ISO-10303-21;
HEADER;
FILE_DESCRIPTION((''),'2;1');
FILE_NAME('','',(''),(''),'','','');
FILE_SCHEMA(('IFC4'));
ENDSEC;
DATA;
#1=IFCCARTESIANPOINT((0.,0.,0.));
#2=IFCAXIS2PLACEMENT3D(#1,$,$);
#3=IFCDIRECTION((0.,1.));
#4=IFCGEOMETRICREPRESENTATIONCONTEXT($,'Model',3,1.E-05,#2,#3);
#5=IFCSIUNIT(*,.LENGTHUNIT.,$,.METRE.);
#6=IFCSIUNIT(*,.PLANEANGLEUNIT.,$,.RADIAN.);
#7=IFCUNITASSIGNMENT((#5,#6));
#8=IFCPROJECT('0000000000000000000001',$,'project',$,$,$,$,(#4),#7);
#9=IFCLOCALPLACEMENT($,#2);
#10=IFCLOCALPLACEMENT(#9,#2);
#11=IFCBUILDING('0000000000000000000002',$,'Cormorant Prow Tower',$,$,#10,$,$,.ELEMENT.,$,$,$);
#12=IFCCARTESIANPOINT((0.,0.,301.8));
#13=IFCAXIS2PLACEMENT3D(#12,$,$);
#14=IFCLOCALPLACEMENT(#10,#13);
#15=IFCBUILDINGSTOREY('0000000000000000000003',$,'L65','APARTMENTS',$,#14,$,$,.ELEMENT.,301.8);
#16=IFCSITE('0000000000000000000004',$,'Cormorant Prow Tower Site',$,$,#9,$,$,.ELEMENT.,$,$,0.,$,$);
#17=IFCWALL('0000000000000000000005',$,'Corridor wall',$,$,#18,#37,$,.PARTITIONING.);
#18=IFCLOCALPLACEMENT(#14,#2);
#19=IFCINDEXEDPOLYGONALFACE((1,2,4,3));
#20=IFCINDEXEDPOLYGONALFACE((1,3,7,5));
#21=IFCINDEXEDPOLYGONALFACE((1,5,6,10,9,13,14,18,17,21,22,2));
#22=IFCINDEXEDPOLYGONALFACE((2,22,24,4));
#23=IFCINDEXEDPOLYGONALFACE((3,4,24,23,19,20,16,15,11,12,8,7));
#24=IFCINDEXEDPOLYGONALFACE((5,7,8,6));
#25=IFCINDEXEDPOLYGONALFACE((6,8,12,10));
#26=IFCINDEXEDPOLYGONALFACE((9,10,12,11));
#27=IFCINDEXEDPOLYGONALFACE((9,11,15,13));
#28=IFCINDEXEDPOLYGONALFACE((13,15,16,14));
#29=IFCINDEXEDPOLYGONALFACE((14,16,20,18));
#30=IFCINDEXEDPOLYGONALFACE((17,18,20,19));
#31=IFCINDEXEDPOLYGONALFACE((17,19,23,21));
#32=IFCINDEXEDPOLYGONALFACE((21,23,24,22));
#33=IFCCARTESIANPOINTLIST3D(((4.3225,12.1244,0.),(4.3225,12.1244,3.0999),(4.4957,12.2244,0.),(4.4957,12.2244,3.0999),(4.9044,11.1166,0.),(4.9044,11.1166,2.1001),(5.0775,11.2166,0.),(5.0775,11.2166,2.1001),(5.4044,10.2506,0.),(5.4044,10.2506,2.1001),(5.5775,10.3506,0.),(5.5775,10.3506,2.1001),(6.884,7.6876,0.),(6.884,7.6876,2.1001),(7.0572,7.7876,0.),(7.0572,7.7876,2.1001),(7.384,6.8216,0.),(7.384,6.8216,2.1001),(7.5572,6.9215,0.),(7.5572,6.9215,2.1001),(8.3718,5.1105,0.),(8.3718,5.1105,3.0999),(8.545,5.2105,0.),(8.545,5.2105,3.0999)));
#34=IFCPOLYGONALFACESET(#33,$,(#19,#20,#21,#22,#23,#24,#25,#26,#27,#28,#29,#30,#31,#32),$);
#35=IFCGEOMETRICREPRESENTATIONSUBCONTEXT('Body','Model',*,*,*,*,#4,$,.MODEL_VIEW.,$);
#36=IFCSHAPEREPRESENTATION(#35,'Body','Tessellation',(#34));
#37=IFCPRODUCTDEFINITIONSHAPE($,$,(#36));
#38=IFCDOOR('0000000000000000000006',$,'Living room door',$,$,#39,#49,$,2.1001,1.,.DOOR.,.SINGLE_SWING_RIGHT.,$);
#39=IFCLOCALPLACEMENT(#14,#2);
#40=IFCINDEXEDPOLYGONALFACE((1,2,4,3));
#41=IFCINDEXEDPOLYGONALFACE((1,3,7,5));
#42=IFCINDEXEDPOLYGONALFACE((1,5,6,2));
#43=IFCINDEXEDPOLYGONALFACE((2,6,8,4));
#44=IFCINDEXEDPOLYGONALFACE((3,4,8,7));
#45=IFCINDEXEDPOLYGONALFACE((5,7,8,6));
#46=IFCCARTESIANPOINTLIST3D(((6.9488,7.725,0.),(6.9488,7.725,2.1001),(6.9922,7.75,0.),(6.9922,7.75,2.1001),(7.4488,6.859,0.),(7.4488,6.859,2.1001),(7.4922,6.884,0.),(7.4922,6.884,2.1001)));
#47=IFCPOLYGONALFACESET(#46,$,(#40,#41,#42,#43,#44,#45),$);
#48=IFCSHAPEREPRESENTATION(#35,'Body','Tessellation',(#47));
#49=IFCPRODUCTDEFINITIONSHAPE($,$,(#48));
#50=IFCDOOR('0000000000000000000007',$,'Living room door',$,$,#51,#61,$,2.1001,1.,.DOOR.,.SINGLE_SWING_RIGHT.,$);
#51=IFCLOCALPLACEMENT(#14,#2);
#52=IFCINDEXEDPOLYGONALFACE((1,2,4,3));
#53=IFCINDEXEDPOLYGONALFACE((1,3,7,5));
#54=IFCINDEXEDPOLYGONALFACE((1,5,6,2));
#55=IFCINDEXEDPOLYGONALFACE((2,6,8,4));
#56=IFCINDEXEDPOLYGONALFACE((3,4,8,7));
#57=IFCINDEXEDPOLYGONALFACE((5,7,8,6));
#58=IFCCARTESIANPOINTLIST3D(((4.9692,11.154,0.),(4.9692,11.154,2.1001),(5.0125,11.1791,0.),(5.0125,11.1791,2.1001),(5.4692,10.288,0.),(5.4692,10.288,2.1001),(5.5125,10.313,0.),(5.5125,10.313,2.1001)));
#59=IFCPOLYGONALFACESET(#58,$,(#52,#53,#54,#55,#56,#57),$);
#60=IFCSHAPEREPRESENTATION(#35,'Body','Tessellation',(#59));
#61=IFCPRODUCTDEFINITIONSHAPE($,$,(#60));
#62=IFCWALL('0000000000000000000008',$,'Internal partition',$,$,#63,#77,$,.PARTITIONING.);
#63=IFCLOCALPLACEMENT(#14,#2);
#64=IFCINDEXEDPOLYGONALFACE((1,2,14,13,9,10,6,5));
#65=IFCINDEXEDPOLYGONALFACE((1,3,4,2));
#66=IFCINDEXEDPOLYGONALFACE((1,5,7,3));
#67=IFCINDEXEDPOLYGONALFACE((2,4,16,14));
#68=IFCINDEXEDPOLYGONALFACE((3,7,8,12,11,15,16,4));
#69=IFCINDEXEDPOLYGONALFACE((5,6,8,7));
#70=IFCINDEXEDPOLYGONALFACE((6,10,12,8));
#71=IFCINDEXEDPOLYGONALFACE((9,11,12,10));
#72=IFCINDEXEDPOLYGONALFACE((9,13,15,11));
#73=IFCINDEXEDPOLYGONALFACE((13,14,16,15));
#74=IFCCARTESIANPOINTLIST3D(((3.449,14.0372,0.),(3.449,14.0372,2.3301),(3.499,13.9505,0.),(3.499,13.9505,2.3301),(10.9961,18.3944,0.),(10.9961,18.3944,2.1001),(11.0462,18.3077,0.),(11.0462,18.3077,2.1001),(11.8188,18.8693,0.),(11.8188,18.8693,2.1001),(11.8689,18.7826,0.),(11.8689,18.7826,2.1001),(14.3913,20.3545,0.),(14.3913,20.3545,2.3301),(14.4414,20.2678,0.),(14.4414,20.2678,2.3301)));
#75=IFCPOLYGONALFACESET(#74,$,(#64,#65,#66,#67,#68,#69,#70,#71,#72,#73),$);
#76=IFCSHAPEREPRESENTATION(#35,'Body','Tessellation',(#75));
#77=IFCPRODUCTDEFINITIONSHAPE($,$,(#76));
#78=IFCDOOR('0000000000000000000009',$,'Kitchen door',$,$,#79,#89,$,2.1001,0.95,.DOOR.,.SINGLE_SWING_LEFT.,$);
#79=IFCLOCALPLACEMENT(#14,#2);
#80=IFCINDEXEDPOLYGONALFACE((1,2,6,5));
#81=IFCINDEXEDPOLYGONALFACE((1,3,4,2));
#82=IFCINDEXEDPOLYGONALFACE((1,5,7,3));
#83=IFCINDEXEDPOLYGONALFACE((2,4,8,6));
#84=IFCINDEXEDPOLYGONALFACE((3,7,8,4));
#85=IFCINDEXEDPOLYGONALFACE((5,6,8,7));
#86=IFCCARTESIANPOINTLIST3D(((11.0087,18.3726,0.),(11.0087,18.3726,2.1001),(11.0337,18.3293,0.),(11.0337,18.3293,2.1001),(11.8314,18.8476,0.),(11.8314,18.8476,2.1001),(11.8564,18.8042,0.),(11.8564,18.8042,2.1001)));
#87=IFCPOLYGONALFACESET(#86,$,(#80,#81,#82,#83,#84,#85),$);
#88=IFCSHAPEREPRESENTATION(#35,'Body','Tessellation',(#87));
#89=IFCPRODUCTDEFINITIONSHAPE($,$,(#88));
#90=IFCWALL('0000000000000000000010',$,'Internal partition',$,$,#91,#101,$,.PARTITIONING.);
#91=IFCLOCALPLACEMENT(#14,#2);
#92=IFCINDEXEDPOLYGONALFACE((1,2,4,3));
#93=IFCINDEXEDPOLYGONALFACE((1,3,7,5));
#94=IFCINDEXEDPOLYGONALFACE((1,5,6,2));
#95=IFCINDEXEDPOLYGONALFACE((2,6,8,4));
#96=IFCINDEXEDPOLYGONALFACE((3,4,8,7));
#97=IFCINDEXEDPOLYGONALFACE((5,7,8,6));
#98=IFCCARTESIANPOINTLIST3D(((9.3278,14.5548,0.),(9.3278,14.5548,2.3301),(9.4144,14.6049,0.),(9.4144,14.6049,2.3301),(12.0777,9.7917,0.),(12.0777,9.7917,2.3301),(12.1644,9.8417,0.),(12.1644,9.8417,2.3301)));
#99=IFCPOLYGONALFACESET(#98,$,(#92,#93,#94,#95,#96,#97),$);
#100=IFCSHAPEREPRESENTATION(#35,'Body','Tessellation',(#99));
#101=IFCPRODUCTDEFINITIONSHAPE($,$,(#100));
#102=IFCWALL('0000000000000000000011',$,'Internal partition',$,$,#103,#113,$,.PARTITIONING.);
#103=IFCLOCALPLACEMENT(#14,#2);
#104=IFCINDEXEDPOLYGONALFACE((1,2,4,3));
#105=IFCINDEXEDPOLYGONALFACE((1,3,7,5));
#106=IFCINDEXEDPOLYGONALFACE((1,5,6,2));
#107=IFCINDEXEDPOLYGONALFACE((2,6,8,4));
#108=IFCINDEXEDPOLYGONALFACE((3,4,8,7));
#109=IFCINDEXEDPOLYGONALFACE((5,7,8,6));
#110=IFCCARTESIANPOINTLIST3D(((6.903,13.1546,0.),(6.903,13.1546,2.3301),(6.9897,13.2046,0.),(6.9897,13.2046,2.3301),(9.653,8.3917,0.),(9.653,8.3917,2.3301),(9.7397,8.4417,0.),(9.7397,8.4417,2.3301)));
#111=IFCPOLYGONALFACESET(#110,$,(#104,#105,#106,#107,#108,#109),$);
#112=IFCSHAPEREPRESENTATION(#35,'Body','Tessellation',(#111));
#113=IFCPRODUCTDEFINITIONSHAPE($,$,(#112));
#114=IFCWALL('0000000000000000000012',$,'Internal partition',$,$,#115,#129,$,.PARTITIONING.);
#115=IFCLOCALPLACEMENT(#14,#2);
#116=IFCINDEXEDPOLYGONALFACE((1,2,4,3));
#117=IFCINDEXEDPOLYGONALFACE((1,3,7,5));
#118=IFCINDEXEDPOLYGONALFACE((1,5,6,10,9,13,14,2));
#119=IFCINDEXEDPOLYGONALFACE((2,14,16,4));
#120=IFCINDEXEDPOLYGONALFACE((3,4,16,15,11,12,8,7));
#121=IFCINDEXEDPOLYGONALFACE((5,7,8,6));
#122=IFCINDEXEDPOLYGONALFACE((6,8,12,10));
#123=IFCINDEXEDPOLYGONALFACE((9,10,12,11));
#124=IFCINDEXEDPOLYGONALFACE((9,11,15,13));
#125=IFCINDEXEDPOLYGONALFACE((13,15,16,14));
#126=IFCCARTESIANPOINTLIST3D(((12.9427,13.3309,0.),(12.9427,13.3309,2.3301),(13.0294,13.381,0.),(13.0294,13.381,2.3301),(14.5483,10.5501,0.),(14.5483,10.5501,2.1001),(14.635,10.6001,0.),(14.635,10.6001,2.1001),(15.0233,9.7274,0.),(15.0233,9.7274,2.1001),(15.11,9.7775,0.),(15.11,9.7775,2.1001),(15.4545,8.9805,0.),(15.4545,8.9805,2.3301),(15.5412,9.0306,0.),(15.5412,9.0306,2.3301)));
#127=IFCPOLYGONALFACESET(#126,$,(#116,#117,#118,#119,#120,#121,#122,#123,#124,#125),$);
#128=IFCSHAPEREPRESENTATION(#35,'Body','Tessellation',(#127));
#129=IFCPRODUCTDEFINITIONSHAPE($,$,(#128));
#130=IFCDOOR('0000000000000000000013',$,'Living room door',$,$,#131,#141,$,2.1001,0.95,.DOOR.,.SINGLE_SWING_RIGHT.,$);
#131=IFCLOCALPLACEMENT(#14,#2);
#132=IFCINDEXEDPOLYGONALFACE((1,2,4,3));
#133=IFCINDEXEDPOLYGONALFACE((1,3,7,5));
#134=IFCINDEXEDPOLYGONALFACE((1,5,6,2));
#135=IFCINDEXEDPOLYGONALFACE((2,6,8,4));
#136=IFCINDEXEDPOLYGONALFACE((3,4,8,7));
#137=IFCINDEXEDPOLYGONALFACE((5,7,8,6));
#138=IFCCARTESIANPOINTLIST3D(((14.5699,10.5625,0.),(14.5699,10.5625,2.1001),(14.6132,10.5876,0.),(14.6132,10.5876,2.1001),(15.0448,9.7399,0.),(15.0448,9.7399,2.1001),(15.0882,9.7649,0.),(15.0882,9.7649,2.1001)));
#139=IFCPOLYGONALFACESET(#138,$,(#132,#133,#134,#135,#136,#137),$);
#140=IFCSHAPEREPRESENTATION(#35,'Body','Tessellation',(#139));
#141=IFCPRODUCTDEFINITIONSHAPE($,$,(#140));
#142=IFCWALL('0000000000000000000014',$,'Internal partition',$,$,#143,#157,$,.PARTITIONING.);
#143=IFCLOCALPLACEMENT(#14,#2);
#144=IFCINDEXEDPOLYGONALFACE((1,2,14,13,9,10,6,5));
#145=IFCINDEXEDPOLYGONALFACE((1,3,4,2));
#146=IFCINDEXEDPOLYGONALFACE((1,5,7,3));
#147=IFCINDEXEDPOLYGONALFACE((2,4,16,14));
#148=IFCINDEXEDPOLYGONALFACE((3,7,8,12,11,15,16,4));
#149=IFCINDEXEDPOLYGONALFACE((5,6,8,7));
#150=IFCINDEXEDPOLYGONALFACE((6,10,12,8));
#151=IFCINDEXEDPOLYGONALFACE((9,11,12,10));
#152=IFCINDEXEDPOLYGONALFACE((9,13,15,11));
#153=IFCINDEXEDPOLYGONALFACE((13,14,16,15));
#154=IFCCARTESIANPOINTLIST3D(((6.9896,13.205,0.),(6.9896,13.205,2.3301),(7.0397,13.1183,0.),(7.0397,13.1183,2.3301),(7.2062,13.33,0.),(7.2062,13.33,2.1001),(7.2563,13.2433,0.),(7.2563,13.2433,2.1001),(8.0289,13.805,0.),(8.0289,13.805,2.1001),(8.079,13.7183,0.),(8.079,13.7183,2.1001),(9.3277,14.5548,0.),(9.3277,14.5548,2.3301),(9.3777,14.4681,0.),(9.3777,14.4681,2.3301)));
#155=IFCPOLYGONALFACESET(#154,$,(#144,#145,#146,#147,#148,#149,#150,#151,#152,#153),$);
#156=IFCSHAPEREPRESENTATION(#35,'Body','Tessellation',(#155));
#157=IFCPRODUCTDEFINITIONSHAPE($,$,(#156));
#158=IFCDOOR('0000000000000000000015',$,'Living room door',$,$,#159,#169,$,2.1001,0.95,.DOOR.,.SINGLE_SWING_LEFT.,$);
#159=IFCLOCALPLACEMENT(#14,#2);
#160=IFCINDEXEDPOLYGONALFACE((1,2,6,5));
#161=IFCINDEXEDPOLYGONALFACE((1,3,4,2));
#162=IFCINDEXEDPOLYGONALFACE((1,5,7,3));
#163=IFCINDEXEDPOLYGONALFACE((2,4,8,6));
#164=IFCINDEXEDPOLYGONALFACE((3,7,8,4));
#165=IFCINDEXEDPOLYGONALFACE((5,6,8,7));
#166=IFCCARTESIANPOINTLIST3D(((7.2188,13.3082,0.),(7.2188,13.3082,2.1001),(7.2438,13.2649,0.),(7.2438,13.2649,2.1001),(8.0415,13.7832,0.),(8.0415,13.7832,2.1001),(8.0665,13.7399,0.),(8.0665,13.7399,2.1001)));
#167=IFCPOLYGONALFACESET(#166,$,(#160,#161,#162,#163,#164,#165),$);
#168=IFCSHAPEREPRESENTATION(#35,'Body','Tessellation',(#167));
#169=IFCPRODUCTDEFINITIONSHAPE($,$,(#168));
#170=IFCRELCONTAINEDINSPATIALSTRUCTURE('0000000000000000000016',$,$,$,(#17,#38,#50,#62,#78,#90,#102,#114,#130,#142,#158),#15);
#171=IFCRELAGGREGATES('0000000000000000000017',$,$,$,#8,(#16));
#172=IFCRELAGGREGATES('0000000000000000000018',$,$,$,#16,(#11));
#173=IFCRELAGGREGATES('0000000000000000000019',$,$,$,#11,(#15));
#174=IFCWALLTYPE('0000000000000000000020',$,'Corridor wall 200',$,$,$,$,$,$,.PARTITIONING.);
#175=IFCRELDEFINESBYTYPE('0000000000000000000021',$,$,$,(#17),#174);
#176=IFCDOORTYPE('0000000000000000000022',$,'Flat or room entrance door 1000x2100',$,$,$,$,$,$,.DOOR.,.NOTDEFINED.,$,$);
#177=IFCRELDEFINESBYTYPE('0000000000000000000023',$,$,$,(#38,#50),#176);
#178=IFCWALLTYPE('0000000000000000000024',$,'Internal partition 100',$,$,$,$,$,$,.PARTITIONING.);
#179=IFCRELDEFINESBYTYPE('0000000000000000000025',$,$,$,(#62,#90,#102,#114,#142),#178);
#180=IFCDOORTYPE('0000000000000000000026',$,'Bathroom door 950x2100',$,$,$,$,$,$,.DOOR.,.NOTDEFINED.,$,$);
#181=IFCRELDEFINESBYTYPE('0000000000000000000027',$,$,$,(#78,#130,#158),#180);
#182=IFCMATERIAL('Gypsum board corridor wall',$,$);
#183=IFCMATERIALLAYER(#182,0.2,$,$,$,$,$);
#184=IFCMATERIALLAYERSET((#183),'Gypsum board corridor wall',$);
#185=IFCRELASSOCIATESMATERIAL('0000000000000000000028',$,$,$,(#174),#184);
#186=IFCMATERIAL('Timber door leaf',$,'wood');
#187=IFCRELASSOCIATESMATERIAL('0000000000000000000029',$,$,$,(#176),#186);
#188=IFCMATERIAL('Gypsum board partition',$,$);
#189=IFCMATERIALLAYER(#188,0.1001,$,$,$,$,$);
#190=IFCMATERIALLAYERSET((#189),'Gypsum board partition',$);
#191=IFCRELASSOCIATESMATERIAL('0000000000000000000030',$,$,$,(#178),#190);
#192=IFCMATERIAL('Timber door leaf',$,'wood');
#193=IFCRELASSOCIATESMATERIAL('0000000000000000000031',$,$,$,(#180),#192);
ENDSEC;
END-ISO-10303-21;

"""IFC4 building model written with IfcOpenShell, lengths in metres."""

from ifc_helpers import new_model, si_unit, direction, frame, frame_2d, origin, place, context, subcontext, project, spatial, rectangle, extrude, material, layer, layer_set, type_object, element, fill, save


model = new_model("IFC4")

# Units and contexts
model_context = context("Model", 3, precision=1e-05, world=origin(), true_north=direction((0.0, 1.0)))
body_context = subcontext(model_context, "Body", "Model", "MODEL_VIEW")
ifc_project = project(units=[si_unit("LENGTHUNIT", "METRE"), si_unit("PLANEANGLEUNIT", "RADIAN")], contexts=[model_context])

# Site, building, storey
site_placement = place(None, origin())
site = spatial("IfcSite", under=ifc_project, at=site_placement, Name="Cormorant Prow Tower Site", CompositionType="ELEMENT", RefElevation=0.0)
building_placement = place(site_placement, origin())
building = spatial("IfcBuilding", under=site, at=building_placement, Name="Cormorant Prow Tower", CompositionType="ELEMENT")
storey_placement = place(building_placement, frame((0.0, 0.0, 301.8)))
storey = spatial("IfcBuildingStorey", under=building, at=storey_placement, Name="L65", Description="APARTMENTS", CompositionType="ELEMENT", Elevation=301.8)

# Wall, openings, doors
ifc_material_1 = material(Name="Gypsum board corridor wall")
ifc_layer_1 = layer(ifc_material_1, 0.2)
ifc_layer_set_1 = layer_set([ifc_layer_1], Name="Gypsum board corridor wall")
wall_type_1 = type_object("IfcWallType", Name="Corridor wall 200", PredefinedType="PARTITIONING", material=ifc_layer_set_1)
wall_1_placement = place(storey_placement, frame((4.4092, 12.1743, 0.0), z_axis=(0.0, 0.0, 1.0), x_axis=(0.499984, -0.866034, 0.0)))
wall_1 = element("IfcWall", 1, at=wall_1_placement, inside=storey, type_object=wall_type_1, Name="Corridor wall", PredefinedType="PARTITIONING", context=body_context, shape_type="SweptSolid", body=[
    extrude(rectangle(XDim=8.0989, YDim=0.2, at=frame_2d((4.0493, 0.0))), origin(), (0.0, 0.0, 1.0), 3.0999),
])
opening_1_placement = place(wall_1_placement, frame((5.123, 0.0, 0.0)))
opening_1 = element("IfcOpeningElement", 2, at=opening_1_placement, cuts=wall_1, PredefinedType="OPENING", context=body_context, shape_type="SweptSolid", body=[
    extrude(rectangle(XDim=1.0, YDim=2.1001, at=frame_2d((0.5, 1.05))), frame((0.0, 0.1099, 0.0), z_axis=(0.0, -1.0, 0.0), x_axis=(1.0, 0.0, 0.0)), (0.0, 0.0, 1.0), 0.22),
])
opening_2_placement = place(wall_1_placement, frame((1.1636, 0.0, 0.0)))
opening_2 = element("IfcOpeningElement", 3, at=opening_2_placement, cuts=wall_1, PredefinedType="OPENING", context=body_context, shape_type="SweptSolid", body=[
    extrude(rectangle(XDim=1.0, YDim=2.1001, at=frame_2d((0.5, 1.05))), frame((0.0, 0.1099, 0.0), z_axis=(0.0, -1.0, 0.0), x_axis=(1.0, 0.0, 0.0)), (0.0, 0.0, 1.0), 0.22),
])
ifc_material_2 = material(Name="Timber door leaf", Category="wood")
door_type_1 = type_object("IfcDoorType", Name="Flat or room entrance door 1000x2100", OperationType="NOTDEFINED", PredefinedType="DOOR", material=ifc_material_2)
door_1_placement = place(opening_1_placement, origin())
door_1 = element("IfcDoor", 4, at=door_1_placement, inside=storey, type_object=door_type_1, Name="Living room door", OperationType="SINGLE_SWING_RIGHT", OverallHeight=2.1001, OverallWidth=1.0, PredefinedType="DOOR", context=body_context, shape_type="SweptSolid", body=[
    extrude(rectangle(XDim=1.0, YDim=2.1001, at=frame_2d((0.5, 1.05))), frame((0.0, 0.0249, 0.0), z_axis=(0.0, -1.0, 0.0), x_axis=(1.0, 0.0, 0.0)), (0.0, 0.0, 1.0), 0.05),
])
fill(opening_1, door_1)
door_2_placement = place(opening_2_placement, origin())
door_2 = element("IfcDoor", 5, at=door_2_placement, inside=storey, type_object=door_type_1, Name="Living room door", OperationType="SINGLE_SWING_RIGHT", OverallHeight=2.1001, OverallWidth=1.0, PredefinedType="DOOR", context=body_context, shape_type="SweptSolid", body=[
    extrude(rectangle(XDim=1.0, YDim=2.1001, at=frame_2d((0.5, 1.05))), frame((0.0, 0.0249, 0.0), z_axis=(0.0, -1.0, 0.0), x_axis=(1.0, 0.0, 0.0)), (0.0, 0.0, 1.0), 0.05),
])
fill(opening_2, door_2)

# Wall, opening, door
ifc_material_3 = material(Name="Gypsum board partition")
ifc_layer_2 = layer(ifc_material_3, 0.1001)
ifc_layer_set_2 = layer_set([ifc_layer_2], Name="Gypsum board partition")
wall_type_2 = type_object("IfcWallType", Name="Internal partition 100", PredefinedType="PARTITIONING", material=ifc_layer_set_2)
wall_2_placement = place(storey_placement, frame((3.4741, 13.9939, 0.0), z_axis=(0.0, 0.0, 1.0), x_axis=(0.866032, 0.499988, 0.0)))
wall_2 = element("IfcWall", 6, at=wall_2_placement, inside=storey, type_object=wall_type_2, Name="Internal partition", PredefinedType="PARTITIONING", context=body_context, shape_type="SweptSolid", body=[
    extrude(rectangle(XDim=12.635, YDim=0.1001, at=frame_2d((6.3174, 0.0))), origin(), (0.0, 0.0, 1.0), 2.3301),
])
opening_3_placement = place(wall_2_placement, frame((8.7144, 0.0, 0.0)))
opening_3 = element("IfcOpeningElement", 7, at=opening_3_placement, cuts=wall_2, PredefinedType="OPENING", context=body_context, shape_type="SweptSolid", body=[
    extrude(rectangle(XDim=0.95, YDim=2.1001, at=frame_2d((0.4751, 1.05))), frame((0.0, 0.0601, 0.0), z_axis=(0.0, -1.0, 0.0), x_axis=(1.0, 0.0, 0.0)), (0.0, 0.0, 1.0), 0.1201),
])
ifc_material_4 = material(Name="Timber door leaf", Category="wood")
door_type_2 = type_object("IfcDoorType", Name="Bathroom door 950x2100", OperationType="NOTDEFINED", PredefinedType="DOOR", material=ifc_material_4)
door_3_placement = place(opening_3_placement, origin())
door_3 = element("IfcDoor", 8, at=door_3_placement, inside=storey, type_object=door_type_2, Name="Kitchen door", OperationType="SINGLE_SWING_LEFT", OverallHeight=2.1001, OverallWidth=0.95, PredefinedType="DOOR", context=body_context, shape_type="SweptSolid", body=[
    extrude(rectangle(XDim=0.95, YDim=2.1001, at=frame_2d((0.4751, 1.05))), frame((0.0, 0.0249, 0.0), z_axis=(0.0, -1.0, 0.0), x_axis=(1.0, 0.0, 0.0)), (0.0, 0.0, 1.0), 0.05),
])
fill(opening_3, door_3)

# Walls
wall_3_placement = place(storey_placement, frame((9.3711, 14.5798, 0.0), z_axis=(0.0, 0.0, 1.0), x_axis=(0.499997, -0.866027, 0.0)))
element("IfcWall", 9, at=wall_3_placement, inside=storey, type_object=wall_type_2, Name="Internal partition", PredefinedType="PARTITIONING", context=body_context, shape_type="SweptSolid", body=[
    extrude(rectangle(XDim=5.5, YDim=0.1001, at=frame_2d((2.75, 0.0))), origin(), (0.0, 0.0, 1.0), 2.3301),
])
wall_4_placement = place(storey_placement, frame((6.9463, 13.1797, 0.0), z_axis=(0.0, 0.0, 1.0), x_axis=(0.500016, -0.866016, 0.0)))
element("IfcWall", 10, at=wall_4_placement, inside=storey, type_object=wall_type_2, Name="Internal partition", PredefinedType="PARTITIONING", context=body_context, shape_type="SweptSolid", body=[
    extrude(rectangle(XDim=5.4998, YDim=0.1001, at=frame_2d((2.75, 0.0))), origin(), (0.0, 0.0, 1.0), 2.3301),
])

# Walls, openings, doors
wall_5_placement = place(storey_placement, frame((12.9861, 13.356, 0.0), z_axis=(0.0, 0.0, 1.0), x_axis=(0.500007, -0.866021, 0.0)))
wall_5 = element("IfcWall", 11, at=wall_5_placement, inside=storey, type_object=wall_type_2, Name="Internal partition", PredefinedType="PARTITIONING", context=body_context, shape_type="SweptSolid", body=[
    extrude(rectangle(XDim=5.0234, YDim=0.1001, at=frame_2d((2.5117, 0.0))), origin(), (0.0, 0.0, 1.0), 2.3301),
])
opening_4_placement = place(wall_5_placement, frame((3.2109, 0.0, 0.0)))
opening_4 = element("IfcOpeningElement", 12, at=opening_4_placement, cuts=wall_5, PredefinedType="OPENING", context=body_context, shape_type="SweptSolid", body=[
    extrude(rectangle(XDim=0.95, YDim=2.1001, at=frame_2d((0.4751, 1.05))), frame((0.0, 0.0601, 0.0), z_axis=(0.0, -1.0, 0.0), x_axis=(1.0, 0.0, 0.0)), (0.0, 0.0, 1.0), 0.1201),
])
door_4_placement = place(opening_4_placement, origin())
door_4 = element("IfcDoor", 13, at=door_4_placement, inside=storey, type_object=door_type_2, Name="Living room door", OperationType="SINGLE_SWING_RIGHT", OverallHeight=2.1001, OverallWidth=0.95, PredefinedType="DOOR", context=body_context, shape_type="SweptSolid", body=[
    extrude(rectangle(XDim=0.95, YDim=2.1001, at=frame_2d((0.4751, 1.05))), frame((0.0, 0.0249, 0.0), z_axis=(0.0, -1.0, 0.0), x_axis=(1.0, 0.0, 0.0)), (0.0, 0.0, 1.0), 0.05),
])
fill(opening_4, door_4)
wall_6_placement = place(storey_placement, frame((7.0146, 13.1616, 0.0), z_axis=(0.0, 0.0, 1.0), x_axis=(0.866037, 0.499981, 0.0)))
wall_6 = element("IfcWall", 14, at=wall_6_placement, inside=storey, type_object=wall_type_2, Name="Internal partition", PredefinedType="PARTITIONING", context=body_context, shape_type="SweptSolid", body=[
    extrude(rectangle(XDim=2.6997, YDim=0.1001, at=frame_2d((1.3499, 0.0))), origin(), (0.0, 0.0, 1.0), 2.3301),
])
opening_5_placement = place(wall_6_placement, frame((0.25, 0.0, 0.0)))
opening_5 = element("IfcOpeningElement", 15, at=opening_5_placement, cuts=wall_6, PredefinedType="OPENING", context=body_context, shape_type="SweptSolid", body=[
    extrude(rectangle(XDim=0.95, YDim=2.1001, at=frame_2d((0.4751, 1.05))), frame((0.0, 0.0601, 0.0), z_axis=(0.0, -1.0, 0.0), x_axis=(1.0, 0.0, 0.0)), (0.0, 0.0, 1.0), 0.1201),
])
door_5_placement = place(opening_5_placement, origin())
door_5 = element("IfcDoor", 16, at=door_5_placement, inside=storey, type_object=door_type_2, Name="Living room door", OperationType="SINGLE_SWING_LEFT", OverallHeight=2.1001, OverallWidth=0.95, PredefinedType="DOOR", context=body_context, shape_type="SweptSolid", body=[
    extrude(rectangle(XDim=0.95, YDim=2.1001, at=frame_2d((0.4751, 1.05))), frame((0.0, 0.0249, 0.0), z_axis=(0.0, -1.0, 0.0), x_axis=(1.0, 0.0, 0.0)), (0.0, 0.0, 1.0), 0.05),
])
fill(opening_5, door_5)

save(model, "model.ifc")
